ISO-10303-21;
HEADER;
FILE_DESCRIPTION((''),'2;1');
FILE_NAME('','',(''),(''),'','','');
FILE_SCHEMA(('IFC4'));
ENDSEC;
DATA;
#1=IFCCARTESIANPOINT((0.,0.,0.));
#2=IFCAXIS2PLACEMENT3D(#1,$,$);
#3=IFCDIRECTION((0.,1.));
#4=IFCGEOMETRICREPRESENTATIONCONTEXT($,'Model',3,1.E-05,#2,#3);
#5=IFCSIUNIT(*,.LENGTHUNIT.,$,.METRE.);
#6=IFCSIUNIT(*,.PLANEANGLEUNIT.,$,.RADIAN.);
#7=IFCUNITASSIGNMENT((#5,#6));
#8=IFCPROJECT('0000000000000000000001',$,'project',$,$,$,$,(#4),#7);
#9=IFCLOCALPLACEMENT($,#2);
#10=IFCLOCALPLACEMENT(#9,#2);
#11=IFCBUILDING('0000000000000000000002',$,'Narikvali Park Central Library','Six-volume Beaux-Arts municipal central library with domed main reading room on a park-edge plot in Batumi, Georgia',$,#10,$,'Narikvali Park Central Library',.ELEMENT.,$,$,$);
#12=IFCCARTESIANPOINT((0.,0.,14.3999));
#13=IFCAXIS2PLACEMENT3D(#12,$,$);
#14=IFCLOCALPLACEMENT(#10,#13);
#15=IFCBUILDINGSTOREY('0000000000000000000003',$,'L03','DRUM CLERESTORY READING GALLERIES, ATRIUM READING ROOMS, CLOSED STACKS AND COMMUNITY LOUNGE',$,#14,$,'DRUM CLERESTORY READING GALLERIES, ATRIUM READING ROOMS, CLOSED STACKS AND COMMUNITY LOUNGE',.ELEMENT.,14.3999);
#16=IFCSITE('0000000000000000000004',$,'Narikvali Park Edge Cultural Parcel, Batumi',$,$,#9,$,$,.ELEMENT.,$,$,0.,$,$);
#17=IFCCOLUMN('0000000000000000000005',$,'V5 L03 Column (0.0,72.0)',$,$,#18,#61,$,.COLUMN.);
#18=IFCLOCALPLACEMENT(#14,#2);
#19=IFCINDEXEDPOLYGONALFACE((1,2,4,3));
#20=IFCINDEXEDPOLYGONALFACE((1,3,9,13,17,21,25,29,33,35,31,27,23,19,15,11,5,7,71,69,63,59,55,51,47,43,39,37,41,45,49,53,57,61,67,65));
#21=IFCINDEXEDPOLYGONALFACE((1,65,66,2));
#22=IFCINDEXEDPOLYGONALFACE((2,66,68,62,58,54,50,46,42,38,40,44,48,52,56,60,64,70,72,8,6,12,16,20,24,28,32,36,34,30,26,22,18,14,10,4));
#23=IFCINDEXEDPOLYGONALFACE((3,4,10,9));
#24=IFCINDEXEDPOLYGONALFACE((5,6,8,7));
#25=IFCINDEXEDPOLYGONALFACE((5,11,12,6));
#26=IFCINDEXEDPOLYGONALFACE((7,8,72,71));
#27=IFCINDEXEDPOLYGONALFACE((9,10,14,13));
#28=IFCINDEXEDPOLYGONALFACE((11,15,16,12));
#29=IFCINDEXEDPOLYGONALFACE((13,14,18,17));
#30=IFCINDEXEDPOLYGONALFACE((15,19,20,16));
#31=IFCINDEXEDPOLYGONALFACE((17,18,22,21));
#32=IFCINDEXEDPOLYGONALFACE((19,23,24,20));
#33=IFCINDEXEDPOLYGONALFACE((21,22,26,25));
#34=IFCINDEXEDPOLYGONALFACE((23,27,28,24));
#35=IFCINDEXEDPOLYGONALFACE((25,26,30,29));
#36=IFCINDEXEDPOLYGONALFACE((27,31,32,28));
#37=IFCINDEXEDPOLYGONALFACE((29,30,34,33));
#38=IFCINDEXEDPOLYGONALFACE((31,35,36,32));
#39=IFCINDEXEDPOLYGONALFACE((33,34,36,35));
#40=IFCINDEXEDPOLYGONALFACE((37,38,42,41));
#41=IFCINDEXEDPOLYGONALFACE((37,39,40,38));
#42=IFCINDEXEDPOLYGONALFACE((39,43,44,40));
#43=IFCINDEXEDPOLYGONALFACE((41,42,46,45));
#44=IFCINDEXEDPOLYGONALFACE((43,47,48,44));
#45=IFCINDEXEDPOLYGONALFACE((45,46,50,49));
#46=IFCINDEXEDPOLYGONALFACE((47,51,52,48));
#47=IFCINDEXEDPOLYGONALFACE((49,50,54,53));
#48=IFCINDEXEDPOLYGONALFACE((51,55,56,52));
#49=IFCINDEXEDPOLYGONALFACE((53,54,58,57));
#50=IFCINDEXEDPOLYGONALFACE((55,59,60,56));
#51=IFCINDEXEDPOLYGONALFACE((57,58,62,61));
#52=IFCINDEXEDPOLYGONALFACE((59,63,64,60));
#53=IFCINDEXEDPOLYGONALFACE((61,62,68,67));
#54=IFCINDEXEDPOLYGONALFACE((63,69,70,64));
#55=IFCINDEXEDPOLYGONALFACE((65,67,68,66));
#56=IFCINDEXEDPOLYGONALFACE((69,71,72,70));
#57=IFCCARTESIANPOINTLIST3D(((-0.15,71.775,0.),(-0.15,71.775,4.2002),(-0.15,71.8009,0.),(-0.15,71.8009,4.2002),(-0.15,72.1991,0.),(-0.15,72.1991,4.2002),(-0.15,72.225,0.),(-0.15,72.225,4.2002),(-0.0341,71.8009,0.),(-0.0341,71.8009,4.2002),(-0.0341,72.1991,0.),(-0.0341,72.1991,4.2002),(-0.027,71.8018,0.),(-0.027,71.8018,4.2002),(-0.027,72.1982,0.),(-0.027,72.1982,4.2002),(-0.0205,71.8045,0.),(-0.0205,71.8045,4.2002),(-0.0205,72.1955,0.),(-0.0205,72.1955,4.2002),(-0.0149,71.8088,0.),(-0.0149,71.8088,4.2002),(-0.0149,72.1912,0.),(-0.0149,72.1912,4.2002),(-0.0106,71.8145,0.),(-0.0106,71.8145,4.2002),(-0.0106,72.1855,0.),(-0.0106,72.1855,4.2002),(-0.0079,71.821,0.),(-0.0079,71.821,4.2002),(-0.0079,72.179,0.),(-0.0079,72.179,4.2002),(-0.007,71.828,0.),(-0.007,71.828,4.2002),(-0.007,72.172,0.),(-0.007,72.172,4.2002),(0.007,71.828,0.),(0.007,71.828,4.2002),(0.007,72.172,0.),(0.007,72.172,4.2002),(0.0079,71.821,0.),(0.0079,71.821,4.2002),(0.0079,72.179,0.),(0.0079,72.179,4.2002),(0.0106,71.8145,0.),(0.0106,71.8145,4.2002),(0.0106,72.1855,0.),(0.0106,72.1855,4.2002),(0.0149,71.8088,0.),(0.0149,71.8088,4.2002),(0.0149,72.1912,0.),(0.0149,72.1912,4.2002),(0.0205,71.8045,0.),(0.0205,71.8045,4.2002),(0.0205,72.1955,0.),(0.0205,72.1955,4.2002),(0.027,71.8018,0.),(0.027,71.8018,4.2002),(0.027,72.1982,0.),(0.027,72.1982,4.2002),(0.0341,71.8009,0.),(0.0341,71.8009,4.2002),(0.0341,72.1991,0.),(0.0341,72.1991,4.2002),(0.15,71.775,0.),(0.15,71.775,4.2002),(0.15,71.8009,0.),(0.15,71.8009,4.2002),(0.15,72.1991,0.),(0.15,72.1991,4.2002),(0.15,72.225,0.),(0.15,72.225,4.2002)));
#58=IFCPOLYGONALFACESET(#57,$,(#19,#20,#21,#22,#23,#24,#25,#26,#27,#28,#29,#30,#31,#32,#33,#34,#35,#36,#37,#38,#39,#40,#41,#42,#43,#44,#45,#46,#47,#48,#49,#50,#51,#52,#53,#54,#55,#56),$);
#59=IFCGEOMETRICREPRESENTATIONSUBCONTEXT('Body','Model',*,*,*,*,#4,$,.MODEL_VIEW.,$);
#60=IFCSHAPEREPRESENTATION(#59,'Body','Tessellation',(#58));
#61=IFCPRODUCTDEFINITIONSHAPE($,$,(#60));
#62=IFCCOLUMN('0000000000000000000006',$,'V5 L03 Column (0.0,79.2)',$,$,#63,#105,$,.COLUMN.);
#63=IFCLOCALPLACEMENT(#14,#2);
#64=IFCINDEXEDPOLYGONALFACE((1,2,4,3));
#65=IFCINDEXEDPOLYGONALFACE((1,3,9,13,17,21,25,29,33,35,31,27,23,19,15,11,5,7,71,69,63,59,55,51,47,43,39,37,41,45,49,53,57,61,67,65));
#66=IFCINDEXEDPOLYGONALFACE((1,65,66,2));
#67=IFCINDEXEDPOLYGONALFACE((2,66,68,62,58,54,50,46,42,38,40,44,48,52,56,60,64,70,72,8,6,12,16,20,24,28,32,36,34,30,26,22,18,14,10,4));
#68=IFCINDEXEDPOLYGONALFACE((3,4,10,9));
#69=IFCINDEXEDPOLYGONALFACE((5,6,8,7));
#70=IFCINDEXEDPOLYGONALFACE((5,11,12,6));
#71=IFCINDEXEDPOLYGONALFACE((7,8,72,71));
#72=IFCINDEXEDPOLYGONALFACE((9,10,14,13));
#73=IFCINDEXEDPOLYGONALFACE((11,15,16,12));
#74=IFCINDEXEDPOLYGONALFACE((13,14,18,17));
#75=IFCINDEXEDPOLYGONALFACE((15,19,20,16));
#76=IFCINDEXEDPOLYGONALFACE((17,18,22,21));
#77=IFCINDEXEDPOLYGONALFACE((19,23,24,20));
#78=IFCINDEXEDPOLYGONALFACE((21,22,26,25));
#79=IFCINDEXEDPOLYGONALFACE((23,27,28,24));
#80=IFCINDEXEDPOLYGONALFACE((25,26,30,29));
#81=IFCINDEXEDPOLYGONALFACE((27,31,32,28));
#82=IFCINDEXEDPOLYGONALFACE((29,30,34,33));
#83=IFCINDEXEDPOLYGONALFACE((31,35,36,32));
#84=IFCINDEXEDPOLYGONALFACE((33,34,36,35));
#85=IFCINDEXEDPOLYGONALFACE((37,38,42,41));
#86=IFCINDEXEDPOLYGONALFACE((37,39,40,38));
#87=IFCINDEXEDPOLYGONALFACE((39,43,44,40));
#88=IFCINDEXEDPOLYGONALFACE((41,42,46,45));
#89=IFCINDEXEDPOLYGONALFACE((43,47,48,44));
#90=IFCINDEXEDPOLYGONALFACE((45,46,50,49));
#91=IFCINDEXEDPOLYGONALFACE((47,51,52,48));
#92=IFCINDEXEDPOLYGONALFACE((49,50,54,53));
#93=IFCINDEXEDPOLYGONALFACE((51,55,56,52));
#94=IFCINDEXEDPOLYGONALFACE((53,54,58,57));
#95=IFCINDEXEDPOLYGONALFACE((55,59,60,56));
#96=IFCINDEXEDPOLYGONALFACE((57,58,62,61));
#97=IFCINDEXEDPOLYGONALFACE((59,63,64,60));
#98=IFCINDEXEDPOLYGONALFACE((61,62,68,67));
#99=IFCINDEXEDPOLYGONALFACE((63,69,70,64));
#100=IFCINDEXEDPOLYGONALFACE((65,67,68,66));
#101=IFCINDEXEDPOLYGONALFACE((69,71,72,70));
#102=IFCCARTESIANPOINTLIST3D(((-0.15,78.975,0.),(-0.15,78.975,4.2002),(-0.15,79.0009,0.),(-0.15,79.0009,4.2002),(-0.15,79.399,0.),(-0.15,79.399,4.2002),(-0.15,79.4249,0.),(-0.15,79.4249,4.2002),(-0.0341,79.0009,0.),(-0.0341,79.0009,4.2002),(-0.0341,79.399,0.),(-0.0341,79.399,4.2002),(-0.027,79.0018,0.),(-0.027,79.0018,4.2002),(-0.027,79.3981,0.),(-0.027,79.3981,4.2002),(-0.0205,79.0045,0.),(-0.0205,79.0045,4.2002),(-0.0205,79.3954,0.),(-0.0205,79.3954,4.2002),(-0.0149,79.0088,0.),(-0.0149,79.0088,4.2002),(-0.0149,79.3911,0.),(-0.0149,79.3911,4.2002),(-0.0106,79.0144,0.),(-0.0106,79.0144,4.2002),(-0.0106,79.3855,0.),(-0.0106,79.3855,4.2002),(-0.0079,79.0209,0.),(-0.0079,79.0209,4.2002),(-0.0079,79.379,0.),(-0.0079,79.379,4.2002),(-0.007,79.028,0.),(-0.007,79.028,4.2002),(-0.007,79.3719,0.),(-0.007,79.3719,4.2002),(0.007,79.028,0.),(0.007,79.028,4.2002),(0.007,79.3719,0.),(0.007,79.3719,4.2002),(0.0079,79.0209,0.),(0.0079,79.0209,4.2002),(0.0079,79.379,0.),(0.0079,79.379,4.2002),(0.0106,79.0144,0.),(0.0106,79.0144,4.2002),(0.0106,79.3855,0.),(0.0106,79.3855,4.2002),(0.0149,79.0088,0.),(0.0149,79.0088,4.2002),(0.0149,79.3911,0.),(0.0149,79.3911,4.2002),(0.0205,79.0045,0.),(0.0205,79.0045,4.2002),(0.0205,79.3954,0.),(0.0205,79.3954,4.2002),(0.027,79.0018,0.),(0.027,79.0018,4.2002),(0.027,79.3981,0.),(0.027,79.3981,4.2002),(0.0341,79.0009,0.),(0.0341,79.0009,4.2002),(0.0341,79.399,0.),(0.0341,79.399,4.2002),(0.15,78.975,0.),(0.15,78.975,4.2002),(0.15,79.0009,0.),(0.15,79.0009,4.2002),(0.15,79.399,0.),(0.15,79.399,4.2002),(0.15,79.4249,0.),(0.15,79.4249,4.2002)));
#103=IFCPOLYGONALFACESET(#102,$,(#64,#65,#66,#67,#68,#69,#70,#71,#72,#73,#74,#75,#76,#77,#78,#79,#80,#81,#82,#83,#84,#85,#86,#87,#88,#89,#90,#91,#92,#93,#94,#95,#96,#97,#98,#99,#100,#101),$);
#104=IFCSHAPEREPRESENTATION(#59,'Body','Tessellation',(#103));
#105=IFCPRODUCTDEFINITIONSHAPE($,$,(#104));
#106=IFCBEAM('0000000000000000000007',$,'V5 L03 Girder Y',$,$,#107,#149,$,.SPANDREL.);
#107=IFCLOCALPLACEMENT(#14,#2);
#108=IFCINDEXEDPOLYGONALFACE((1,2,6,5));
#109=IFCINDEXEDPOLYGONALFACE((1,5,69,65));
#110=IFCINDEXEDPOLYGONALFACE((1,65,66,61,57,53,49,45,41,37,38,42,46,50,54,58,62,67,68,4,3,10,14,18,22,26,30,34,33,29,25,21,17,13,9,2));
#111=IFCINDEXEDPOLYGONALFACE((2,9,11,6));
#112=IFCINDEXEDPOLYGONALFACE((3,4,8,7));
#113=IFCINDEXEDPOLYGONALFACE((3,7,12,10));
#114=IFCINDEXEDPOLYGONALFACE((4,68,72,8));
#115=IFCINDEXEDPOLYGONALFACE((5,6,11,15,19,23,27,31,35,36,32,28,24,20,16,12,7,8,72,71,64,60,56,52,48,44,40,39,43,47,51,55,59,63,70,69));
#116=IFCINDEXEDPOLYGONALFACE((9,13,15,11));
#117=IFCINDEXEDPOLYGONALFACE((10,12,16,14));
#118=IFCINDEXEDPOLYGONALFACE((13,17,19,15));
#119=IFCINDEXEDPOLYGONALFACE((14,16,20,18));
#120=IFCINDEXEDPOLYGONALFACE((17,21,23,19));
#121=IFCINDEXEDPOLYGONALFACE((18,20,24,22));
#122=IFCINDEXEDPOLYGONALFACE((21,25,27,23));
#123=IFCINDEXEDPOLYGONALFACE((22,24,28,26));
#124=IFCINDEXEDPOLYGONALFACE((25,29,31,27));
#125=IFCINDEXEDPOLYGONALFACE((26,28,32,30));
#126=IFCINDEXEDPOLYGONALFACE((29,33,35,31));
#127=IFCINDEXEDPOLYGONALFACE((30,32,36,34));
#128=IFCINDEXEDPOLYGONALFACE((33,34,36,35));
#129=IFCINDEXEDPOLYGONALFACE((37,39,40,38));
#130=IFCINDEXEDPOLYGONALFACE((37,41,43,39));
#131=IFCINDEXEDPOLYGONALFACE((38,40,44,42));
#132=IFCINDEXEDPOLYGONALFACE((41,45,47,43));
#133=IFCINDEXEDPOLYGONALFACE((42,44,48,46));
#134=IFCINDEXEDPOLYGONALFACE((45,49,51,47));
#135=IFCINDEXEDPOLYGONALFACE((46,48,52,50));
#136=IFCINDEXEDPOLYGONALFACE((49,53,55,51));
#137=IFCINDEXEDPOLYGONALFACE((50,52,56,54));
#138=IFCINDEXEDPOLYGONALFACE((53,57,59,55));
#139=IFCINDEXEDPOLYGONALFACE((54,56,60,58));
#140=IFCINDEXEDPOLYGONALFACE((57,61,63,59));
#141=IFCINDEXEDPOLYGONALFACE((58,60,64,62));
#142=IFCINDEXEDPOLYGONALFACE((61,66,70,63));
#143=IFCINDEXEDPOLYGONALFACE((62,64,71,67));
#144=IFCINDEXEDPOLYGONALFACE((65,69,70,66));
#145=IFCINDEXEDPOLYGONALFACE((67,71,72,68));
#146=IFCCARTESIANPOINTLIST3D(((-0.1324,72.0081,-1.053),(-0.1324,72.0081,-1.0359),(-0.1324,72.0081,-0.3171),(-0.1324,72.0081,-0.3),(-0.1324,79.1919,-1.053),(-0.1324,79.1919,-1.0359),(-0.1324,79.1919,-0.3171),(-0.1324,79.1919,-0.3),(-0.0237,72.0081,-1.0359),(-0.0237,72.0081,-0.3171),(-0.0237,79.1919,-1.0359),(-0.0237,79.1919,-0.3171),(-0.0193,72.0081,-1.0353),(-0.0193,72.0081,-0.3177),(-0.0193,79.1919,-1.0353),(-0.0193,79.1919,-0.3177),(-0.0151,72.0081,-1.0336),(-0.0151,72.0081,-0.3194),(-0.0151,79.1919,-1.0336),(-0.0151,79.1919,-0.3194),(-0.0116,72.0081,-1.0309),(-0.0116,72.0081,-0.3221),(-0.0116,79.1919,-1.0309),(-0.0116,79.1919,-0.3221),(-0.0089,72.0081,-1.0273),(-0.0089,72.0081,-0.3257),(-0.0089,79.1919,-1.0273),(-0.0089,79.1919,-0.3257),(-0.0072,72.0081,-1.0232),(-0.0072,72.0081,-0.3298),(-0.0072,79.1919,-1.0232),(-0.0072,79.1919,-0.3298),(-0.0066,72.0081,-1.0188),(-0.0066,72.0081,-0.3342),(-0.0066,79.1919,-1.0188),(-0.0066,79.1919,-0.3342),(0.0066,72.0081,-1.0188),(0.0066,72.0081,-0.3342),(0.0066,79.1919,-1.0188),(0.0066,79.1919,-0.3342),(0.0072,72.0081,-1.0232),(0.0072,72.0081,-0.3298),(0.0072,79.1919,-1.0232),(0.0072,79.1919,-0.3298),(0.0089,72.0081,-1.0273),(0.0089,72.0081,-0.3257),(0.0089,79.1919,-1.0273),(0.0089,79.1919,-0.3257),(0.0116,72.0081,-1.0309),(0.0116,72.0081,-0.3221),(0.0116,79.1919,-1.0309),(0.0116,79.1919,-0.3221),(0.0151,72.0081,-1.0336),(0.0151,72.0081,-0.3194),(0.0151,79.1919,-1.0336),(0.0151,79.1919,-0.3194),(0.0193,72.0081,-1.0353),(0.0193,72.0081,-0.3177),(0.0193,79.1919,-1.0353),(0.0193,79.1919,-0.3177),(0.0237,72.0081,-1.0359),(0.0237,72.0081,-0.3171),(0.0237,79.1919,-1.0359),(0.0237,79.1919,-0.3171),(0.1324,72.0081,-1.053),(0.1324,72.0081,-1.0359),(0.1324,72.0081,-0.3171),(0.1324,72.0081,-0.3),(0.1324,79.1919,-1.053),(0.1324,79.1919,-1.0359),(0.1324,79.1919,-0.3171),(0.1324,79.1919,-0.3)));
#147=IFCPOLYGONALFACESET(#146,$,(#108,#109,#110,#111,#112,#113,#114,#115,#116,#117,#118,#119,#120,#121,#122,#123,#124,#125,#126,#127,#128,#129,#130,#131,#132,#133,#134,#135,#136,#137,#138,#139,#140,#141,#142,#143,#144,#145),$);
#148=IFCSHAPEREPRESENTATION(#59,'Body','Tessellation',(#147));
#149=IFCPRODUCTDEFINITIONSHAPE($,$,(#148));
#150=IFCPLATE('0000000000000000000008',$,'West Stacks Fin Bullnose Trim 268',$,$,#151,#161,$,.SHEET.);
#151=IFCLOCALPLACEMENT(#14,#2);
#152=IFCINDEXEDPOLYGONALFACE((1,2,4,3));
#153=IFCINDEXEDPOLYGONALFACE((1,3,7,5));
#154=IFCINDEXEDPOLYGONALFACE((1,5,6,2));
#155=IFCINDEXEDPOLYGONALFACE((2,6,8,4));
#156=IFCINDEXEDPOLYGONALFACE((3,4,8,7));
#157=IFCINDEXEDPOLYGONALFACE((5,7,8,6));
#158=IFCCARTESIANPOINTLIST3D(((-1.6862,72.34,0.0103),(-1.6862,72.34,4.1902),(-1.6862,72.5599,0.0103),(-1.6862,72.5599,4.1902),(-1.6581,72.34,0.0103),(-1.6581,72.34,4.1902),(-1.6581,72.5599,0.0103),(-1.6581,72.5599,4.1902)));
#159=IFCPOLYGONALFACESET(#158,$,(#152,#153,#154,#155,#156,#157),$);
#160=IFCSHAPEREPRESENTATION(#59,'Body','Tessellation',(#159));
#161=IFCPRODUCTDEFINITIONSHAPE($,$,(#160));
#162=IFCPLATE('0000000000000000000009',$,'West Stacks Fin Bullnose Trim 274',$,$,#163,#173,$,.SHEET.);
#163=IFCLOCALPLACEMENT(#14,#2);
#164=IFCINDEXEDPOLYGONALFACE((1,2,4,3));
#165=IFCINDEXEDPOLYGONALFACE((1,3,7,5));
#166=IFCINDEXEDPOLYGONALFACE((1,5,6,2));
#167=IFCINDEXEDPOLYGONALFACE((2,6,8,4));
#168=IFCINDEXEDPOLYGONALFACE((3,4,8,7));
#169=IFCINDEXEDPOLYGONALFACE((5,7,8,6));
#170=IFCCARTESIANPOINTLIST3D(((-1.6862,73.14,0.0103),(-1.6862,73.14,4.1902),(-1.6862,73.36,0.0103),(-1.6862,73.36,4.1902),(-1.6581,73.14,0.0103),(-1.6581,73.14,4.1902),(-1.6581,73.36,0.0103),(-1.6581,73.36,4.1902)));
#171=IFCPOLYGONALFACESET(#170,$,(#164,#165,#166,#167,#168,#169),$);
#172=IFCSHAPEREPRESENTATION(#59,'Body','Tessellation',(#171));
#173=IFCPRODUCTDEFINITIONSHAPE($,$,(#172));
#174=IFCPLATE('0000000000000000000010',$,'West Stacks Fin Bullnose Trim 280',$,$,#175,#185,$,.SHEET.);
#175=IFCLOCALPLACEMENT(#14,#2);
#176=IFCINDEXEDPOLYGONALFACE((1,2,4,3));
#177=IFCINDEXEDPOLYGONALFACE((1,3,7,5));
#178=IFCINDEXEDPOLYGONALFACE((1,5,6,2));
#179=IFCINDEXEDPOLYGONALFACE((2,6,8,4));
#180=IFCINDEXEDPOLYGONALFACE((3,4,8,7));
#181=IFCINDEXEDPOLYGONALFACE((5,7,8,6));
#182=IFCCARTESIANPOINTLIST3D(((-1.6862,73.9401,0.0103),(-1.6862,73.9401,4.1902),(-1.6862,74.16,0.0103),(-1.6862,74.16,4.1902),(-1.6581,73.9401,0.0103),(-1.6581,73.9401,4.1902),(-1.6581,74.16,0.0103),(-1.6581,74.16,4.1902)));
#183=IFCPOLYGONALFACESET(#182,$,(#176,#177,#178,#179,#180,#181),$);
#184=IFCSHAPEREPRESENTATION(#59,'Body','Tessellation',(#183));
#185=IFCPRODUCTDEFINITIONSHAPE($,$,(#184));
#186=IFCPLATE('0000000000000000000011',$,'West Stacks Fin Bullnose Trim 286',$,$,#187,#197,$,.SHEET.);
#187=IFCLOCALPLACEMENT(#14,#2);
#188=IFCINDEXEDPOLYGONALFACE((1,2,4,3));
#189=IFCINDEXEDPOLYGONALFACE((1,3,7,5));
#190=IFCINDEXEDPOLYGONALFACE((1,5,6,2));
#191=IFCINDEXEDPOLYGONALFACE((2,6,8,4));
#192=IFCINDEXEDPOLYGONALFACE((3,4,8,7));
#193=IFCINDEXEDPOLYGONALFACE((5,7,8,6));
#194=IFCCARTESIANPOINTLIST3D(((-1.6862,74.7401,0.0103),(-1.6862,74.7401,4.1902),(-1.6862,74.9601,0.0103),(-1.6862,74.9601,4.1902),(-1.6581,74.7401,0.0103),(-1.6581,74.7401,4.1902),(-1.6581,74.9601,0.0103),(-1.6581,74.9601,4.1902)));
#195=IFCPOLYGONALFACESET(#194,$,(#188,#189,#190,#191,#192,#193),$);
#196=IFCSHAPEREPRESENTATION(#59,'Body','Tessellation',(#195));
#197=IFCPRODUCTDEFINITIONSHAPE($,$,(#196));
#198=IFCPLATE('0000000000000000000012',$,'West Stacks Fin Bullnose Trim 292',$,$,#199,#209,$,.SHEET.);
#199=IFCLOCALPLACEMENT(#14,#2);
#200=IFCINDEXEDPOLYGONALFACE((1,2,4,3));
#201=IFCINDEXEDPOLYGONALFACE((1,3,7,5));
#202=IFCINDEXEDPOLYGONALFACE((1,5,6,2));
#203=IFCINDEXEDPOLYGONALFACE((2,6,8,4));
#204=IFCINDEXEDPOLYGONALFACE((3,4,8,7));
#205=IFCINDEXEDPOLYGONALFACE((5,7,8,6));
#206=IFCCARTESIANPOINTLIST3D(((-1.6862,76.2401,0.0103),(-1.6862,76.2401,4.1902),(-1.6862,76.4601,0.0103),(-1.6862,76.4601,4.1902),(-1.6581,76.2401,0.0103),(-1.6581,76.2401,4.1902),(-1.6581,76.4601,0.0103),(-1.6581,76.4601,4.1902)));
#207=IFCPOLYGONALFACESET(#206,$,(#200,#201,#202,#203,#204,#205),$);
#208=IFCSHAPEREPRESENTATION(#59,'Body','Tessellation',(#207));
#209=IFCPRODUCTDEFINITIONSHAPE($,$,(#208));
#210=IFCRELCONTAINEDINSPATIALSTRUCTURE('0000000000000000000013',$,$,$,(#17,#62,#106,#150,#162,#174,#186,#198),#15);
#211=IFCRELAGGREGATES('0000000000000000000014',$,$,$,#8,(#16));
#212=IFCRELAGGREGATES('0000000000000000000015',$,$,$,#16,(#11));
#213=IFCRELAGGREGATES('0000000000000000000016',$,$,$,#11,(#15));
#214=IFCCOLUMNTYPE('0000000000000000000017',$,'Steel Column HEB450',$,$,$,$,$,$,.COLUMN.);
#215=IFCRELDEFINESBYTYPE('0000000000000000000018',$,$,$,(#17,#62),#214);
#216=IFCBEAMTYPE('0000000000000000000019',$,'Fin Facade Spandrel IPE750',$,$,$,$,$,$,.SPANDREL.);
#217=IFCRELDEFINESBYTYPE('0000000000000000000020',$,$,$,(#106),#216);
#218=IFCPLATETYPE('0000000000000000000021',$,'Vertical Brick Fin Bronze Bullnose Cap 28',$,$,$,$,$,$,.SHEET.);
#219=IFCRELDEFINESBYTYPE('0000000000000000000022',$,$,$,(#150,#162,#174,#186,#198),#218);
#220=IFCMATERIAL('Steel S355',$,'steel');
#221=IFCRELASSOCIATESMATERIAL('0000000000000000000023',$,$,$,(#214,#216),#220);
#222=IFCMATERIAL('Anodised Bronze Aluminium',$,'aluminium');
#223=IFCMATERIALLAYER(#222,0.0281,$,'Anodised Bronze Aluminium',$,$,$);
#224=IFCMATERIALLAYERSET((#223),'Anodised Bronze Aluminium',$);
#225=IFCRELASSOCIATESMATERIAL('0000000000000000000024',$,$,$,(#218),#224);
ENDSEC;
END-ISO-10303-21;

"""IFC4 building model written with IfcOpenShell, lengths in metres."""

from ifc_helpers import new_model, si_unit, direction, frame, origin, origin_2d, place, context, subcontext, project, spatial, rectangle, i_section, extrude, material, layer, layer_set, material_profile, profile_set, type_object, element, save


model = new_model("IFC4")

# Units and contexts
model_context = context("Model", 3, precision=1e-05, world=origin(), true_north=direction((0.0, 1.0)))
body_context = subcontext(model_context, "Body", "Model", "MODEL_VIEW")
ifc_project = project(units=[si_unit("LENGTHUNIT", "METRE"), si_unit("PLANEANGLEUNIT", "RADIAN")], contexts=[model_context])

# Site, building, storey
site_placement = place(None, origin())
site = spatial("IfcSite", under=ifc_project, at=site_placement, Name="Narikvali Park Edge Cultural Parcel, Batumi", CompositionType="ELEMENT", RefElevation=0.0)
building_placement = place(site_placement, origin())
building = spatial("IfcBuilding", under=site, at=building_placement, Name="Narikvali Park Central Library", Description="Six-volume Beaux-Arts municipal central library with domed main reading room on a park-edge plot in Batumi, Georgia", LongName="Narikvali Park Central Library", CompositionType="ELEMENT")
storey_placement = place(building_placement, frame((0.0, 0.0, 14.3999)))
storey = spatial("IfcBuildingStorey", under=building, at=storey_placement, Name="L03", Description="DRUM CLERESTORY READING GALLERIES, ATRIUM READING ROOMS, CLOSED STACKS AND COMMUNITY LOUNGE", LongName="DRUM CLERESTORY READING GALLERIES, ATRIUM READING ROOMS, CLOSED STACKS AND COMMUNITY LOUNGE", CompositionType="ELEMENT", Elevation=14.3999)

# Columns
ifc_material_1 = material(Name="Steel S355", Category="steel")
ifc_material_profile_1 = material_profile(ifc_material_1, i_section(OverallWidth=0.3, OverallDepth=0.45, WebThickness=0.0139, FlangeThickness=0.0259, FilletRadius=0.0271, at=origin_2d()), Name="HEB 450")
ifc_profile_set_1 = profile_set([ifc_material_profile_1], Name="Steel S355")
column_type = type_object("IfcColumnType", Name="Steel Column HEB450", PredefinedType="COLUMN", material=ifc_profile_set_1)
for number, where, z_axis, x_axis, name in (
    (1, (0.0, 72.0, 0.0), (0.0, 0.0, 1.0), (1.0, 0.0, 0.0), "V5 L03 Column (0.0,72.0)"),
    (2, (0.0, 79.2, 0.0), (0.0, 0.0, 1.0), (1.0, 0.0, 0.0), "V5 L03 Column (0.0,79.2)"),
):
    element("IfcColumn", number, at=place(storey_placement, frame(where, z_axis=z_axis, x_axis=x_axis)), inside=storey, type_object=column_type, Name=name, PredefinedType="COLUMN", context=body_context, shape_type="SweptSolid", body=[
        extrude(i_section(OverallWidth=0.3, OverallDepth=0.45, WebThickness=0.0139, FlangeThickness=0.0259, FilletRadius=0.0271, at=origin_2d()), origin(), (0.0, 0.0, 1.0), 4.2002),
    ])

# Beam
ifc_material_profile_2 = material_profile(ifc_material_1, i_section(OverallWidth=0.2649, OverallDepth=0.7529, WebThickness=0.0132, FlangeThickness=0.0171, FilletRadius=0.0171, at=origin_2d()), Name="IPE 750x147")
ifc_profile_set_2 = profile_set([ifc_material_profile_2], Name="Steel S355")
beam_type = type_object("IfcBeamType", Name="Fin Facade Spandrel IPE750", PredefinedType="SPANDREL", material=ifc_profile_set_2)
beam_placement = place(storey_placement, frame((0.0, 72.0081, -0.6765), z_axis=(0.0, 1.0, 0.0), x_axis=(-1.0, 0.0, 0.0)))
element("IfcBeam", 3, at=beam_placement, inside=storey, type_object=beam_type, Name="V5 L03 Girder Y", PredefinedType="SPANDREL", context=body_context, shape_type="SweptSolid", body=[
    extrude(i_section(OverallWidth=0.2649, OverallDepth=0.7529, WebThickness=0.0132, FlangeThickness=0.0171, FilletRadius=0.0171, at=origin_2d()), origin(), (0.0, 0.0, 1.0), 7.1838),
])

# Plates
ifc_material_2 = material(Name="Anodised Bronze Aluminium", Category="aluminium")
ifc_layer_1 = layer(ifc_material_2, 0.0281, Name="Anodised Bronze Aluminium")
ifc_layer_set_1 = layer_set([ifc_layer_1], Name="Anodised Bronze Aluminium")
plate_type = type_object("IfcPlateType", Name="Vertical Brick Fin Bronze Bullnose Cap 28", PredefinedType="SHEET", material=ifc_layer_set_1)
for number, where, z_axis, x_axis, name in (
    (4, (-1.6721, 72.45, 0.0103), (0.0, 0.0, 1.0), (1.0, 0.0, 0.0), "West Stacks Fin Bullnose Trim 268"),
    (5, (-1.6721, 73.25, 0.0103), (0.0, 0.0, 1.0), (1.0, 0.0, 0.0), "West Stacks Fin Bullnose Trim 274"),
    (6, (-1.6721, 74.05, 0.0103), (0.0, 0.0, 1.0), (1.0, 0.0, 0.0), "West Stacks Fin Bullnose Trim 280"),
    (7, (-1.6721, 74.8501, 0.0103), (0.0, 0.0, 1.0), (1.0, 0.0, 0.0), "West Stacks Fin Bullnose Trim 286"),
    (8, (-1.6721, 76.3501, 0.0103), (0.0, 0.0, 1.0), (1.0, 0.0, 0.0), "West Stacks Fin Bullnose Trim 292"),
):
    element("IfcPlate", number, at=place(storey_placement, frame(where, z_axis=z_axis, x_axis=x_axis)), inside=storey, type_object=plate_type, Name=name, PredefinedType="SHEET", context=body_context, shape_type="SweptSolid", body=[
        extrude(rectangle(XDim=0.0281, YDim=0.22, at=origin_2d()), origin(), (0.0, 0.0, 1.0), 4.1799),
    ])

save(model, "model.ifc")
